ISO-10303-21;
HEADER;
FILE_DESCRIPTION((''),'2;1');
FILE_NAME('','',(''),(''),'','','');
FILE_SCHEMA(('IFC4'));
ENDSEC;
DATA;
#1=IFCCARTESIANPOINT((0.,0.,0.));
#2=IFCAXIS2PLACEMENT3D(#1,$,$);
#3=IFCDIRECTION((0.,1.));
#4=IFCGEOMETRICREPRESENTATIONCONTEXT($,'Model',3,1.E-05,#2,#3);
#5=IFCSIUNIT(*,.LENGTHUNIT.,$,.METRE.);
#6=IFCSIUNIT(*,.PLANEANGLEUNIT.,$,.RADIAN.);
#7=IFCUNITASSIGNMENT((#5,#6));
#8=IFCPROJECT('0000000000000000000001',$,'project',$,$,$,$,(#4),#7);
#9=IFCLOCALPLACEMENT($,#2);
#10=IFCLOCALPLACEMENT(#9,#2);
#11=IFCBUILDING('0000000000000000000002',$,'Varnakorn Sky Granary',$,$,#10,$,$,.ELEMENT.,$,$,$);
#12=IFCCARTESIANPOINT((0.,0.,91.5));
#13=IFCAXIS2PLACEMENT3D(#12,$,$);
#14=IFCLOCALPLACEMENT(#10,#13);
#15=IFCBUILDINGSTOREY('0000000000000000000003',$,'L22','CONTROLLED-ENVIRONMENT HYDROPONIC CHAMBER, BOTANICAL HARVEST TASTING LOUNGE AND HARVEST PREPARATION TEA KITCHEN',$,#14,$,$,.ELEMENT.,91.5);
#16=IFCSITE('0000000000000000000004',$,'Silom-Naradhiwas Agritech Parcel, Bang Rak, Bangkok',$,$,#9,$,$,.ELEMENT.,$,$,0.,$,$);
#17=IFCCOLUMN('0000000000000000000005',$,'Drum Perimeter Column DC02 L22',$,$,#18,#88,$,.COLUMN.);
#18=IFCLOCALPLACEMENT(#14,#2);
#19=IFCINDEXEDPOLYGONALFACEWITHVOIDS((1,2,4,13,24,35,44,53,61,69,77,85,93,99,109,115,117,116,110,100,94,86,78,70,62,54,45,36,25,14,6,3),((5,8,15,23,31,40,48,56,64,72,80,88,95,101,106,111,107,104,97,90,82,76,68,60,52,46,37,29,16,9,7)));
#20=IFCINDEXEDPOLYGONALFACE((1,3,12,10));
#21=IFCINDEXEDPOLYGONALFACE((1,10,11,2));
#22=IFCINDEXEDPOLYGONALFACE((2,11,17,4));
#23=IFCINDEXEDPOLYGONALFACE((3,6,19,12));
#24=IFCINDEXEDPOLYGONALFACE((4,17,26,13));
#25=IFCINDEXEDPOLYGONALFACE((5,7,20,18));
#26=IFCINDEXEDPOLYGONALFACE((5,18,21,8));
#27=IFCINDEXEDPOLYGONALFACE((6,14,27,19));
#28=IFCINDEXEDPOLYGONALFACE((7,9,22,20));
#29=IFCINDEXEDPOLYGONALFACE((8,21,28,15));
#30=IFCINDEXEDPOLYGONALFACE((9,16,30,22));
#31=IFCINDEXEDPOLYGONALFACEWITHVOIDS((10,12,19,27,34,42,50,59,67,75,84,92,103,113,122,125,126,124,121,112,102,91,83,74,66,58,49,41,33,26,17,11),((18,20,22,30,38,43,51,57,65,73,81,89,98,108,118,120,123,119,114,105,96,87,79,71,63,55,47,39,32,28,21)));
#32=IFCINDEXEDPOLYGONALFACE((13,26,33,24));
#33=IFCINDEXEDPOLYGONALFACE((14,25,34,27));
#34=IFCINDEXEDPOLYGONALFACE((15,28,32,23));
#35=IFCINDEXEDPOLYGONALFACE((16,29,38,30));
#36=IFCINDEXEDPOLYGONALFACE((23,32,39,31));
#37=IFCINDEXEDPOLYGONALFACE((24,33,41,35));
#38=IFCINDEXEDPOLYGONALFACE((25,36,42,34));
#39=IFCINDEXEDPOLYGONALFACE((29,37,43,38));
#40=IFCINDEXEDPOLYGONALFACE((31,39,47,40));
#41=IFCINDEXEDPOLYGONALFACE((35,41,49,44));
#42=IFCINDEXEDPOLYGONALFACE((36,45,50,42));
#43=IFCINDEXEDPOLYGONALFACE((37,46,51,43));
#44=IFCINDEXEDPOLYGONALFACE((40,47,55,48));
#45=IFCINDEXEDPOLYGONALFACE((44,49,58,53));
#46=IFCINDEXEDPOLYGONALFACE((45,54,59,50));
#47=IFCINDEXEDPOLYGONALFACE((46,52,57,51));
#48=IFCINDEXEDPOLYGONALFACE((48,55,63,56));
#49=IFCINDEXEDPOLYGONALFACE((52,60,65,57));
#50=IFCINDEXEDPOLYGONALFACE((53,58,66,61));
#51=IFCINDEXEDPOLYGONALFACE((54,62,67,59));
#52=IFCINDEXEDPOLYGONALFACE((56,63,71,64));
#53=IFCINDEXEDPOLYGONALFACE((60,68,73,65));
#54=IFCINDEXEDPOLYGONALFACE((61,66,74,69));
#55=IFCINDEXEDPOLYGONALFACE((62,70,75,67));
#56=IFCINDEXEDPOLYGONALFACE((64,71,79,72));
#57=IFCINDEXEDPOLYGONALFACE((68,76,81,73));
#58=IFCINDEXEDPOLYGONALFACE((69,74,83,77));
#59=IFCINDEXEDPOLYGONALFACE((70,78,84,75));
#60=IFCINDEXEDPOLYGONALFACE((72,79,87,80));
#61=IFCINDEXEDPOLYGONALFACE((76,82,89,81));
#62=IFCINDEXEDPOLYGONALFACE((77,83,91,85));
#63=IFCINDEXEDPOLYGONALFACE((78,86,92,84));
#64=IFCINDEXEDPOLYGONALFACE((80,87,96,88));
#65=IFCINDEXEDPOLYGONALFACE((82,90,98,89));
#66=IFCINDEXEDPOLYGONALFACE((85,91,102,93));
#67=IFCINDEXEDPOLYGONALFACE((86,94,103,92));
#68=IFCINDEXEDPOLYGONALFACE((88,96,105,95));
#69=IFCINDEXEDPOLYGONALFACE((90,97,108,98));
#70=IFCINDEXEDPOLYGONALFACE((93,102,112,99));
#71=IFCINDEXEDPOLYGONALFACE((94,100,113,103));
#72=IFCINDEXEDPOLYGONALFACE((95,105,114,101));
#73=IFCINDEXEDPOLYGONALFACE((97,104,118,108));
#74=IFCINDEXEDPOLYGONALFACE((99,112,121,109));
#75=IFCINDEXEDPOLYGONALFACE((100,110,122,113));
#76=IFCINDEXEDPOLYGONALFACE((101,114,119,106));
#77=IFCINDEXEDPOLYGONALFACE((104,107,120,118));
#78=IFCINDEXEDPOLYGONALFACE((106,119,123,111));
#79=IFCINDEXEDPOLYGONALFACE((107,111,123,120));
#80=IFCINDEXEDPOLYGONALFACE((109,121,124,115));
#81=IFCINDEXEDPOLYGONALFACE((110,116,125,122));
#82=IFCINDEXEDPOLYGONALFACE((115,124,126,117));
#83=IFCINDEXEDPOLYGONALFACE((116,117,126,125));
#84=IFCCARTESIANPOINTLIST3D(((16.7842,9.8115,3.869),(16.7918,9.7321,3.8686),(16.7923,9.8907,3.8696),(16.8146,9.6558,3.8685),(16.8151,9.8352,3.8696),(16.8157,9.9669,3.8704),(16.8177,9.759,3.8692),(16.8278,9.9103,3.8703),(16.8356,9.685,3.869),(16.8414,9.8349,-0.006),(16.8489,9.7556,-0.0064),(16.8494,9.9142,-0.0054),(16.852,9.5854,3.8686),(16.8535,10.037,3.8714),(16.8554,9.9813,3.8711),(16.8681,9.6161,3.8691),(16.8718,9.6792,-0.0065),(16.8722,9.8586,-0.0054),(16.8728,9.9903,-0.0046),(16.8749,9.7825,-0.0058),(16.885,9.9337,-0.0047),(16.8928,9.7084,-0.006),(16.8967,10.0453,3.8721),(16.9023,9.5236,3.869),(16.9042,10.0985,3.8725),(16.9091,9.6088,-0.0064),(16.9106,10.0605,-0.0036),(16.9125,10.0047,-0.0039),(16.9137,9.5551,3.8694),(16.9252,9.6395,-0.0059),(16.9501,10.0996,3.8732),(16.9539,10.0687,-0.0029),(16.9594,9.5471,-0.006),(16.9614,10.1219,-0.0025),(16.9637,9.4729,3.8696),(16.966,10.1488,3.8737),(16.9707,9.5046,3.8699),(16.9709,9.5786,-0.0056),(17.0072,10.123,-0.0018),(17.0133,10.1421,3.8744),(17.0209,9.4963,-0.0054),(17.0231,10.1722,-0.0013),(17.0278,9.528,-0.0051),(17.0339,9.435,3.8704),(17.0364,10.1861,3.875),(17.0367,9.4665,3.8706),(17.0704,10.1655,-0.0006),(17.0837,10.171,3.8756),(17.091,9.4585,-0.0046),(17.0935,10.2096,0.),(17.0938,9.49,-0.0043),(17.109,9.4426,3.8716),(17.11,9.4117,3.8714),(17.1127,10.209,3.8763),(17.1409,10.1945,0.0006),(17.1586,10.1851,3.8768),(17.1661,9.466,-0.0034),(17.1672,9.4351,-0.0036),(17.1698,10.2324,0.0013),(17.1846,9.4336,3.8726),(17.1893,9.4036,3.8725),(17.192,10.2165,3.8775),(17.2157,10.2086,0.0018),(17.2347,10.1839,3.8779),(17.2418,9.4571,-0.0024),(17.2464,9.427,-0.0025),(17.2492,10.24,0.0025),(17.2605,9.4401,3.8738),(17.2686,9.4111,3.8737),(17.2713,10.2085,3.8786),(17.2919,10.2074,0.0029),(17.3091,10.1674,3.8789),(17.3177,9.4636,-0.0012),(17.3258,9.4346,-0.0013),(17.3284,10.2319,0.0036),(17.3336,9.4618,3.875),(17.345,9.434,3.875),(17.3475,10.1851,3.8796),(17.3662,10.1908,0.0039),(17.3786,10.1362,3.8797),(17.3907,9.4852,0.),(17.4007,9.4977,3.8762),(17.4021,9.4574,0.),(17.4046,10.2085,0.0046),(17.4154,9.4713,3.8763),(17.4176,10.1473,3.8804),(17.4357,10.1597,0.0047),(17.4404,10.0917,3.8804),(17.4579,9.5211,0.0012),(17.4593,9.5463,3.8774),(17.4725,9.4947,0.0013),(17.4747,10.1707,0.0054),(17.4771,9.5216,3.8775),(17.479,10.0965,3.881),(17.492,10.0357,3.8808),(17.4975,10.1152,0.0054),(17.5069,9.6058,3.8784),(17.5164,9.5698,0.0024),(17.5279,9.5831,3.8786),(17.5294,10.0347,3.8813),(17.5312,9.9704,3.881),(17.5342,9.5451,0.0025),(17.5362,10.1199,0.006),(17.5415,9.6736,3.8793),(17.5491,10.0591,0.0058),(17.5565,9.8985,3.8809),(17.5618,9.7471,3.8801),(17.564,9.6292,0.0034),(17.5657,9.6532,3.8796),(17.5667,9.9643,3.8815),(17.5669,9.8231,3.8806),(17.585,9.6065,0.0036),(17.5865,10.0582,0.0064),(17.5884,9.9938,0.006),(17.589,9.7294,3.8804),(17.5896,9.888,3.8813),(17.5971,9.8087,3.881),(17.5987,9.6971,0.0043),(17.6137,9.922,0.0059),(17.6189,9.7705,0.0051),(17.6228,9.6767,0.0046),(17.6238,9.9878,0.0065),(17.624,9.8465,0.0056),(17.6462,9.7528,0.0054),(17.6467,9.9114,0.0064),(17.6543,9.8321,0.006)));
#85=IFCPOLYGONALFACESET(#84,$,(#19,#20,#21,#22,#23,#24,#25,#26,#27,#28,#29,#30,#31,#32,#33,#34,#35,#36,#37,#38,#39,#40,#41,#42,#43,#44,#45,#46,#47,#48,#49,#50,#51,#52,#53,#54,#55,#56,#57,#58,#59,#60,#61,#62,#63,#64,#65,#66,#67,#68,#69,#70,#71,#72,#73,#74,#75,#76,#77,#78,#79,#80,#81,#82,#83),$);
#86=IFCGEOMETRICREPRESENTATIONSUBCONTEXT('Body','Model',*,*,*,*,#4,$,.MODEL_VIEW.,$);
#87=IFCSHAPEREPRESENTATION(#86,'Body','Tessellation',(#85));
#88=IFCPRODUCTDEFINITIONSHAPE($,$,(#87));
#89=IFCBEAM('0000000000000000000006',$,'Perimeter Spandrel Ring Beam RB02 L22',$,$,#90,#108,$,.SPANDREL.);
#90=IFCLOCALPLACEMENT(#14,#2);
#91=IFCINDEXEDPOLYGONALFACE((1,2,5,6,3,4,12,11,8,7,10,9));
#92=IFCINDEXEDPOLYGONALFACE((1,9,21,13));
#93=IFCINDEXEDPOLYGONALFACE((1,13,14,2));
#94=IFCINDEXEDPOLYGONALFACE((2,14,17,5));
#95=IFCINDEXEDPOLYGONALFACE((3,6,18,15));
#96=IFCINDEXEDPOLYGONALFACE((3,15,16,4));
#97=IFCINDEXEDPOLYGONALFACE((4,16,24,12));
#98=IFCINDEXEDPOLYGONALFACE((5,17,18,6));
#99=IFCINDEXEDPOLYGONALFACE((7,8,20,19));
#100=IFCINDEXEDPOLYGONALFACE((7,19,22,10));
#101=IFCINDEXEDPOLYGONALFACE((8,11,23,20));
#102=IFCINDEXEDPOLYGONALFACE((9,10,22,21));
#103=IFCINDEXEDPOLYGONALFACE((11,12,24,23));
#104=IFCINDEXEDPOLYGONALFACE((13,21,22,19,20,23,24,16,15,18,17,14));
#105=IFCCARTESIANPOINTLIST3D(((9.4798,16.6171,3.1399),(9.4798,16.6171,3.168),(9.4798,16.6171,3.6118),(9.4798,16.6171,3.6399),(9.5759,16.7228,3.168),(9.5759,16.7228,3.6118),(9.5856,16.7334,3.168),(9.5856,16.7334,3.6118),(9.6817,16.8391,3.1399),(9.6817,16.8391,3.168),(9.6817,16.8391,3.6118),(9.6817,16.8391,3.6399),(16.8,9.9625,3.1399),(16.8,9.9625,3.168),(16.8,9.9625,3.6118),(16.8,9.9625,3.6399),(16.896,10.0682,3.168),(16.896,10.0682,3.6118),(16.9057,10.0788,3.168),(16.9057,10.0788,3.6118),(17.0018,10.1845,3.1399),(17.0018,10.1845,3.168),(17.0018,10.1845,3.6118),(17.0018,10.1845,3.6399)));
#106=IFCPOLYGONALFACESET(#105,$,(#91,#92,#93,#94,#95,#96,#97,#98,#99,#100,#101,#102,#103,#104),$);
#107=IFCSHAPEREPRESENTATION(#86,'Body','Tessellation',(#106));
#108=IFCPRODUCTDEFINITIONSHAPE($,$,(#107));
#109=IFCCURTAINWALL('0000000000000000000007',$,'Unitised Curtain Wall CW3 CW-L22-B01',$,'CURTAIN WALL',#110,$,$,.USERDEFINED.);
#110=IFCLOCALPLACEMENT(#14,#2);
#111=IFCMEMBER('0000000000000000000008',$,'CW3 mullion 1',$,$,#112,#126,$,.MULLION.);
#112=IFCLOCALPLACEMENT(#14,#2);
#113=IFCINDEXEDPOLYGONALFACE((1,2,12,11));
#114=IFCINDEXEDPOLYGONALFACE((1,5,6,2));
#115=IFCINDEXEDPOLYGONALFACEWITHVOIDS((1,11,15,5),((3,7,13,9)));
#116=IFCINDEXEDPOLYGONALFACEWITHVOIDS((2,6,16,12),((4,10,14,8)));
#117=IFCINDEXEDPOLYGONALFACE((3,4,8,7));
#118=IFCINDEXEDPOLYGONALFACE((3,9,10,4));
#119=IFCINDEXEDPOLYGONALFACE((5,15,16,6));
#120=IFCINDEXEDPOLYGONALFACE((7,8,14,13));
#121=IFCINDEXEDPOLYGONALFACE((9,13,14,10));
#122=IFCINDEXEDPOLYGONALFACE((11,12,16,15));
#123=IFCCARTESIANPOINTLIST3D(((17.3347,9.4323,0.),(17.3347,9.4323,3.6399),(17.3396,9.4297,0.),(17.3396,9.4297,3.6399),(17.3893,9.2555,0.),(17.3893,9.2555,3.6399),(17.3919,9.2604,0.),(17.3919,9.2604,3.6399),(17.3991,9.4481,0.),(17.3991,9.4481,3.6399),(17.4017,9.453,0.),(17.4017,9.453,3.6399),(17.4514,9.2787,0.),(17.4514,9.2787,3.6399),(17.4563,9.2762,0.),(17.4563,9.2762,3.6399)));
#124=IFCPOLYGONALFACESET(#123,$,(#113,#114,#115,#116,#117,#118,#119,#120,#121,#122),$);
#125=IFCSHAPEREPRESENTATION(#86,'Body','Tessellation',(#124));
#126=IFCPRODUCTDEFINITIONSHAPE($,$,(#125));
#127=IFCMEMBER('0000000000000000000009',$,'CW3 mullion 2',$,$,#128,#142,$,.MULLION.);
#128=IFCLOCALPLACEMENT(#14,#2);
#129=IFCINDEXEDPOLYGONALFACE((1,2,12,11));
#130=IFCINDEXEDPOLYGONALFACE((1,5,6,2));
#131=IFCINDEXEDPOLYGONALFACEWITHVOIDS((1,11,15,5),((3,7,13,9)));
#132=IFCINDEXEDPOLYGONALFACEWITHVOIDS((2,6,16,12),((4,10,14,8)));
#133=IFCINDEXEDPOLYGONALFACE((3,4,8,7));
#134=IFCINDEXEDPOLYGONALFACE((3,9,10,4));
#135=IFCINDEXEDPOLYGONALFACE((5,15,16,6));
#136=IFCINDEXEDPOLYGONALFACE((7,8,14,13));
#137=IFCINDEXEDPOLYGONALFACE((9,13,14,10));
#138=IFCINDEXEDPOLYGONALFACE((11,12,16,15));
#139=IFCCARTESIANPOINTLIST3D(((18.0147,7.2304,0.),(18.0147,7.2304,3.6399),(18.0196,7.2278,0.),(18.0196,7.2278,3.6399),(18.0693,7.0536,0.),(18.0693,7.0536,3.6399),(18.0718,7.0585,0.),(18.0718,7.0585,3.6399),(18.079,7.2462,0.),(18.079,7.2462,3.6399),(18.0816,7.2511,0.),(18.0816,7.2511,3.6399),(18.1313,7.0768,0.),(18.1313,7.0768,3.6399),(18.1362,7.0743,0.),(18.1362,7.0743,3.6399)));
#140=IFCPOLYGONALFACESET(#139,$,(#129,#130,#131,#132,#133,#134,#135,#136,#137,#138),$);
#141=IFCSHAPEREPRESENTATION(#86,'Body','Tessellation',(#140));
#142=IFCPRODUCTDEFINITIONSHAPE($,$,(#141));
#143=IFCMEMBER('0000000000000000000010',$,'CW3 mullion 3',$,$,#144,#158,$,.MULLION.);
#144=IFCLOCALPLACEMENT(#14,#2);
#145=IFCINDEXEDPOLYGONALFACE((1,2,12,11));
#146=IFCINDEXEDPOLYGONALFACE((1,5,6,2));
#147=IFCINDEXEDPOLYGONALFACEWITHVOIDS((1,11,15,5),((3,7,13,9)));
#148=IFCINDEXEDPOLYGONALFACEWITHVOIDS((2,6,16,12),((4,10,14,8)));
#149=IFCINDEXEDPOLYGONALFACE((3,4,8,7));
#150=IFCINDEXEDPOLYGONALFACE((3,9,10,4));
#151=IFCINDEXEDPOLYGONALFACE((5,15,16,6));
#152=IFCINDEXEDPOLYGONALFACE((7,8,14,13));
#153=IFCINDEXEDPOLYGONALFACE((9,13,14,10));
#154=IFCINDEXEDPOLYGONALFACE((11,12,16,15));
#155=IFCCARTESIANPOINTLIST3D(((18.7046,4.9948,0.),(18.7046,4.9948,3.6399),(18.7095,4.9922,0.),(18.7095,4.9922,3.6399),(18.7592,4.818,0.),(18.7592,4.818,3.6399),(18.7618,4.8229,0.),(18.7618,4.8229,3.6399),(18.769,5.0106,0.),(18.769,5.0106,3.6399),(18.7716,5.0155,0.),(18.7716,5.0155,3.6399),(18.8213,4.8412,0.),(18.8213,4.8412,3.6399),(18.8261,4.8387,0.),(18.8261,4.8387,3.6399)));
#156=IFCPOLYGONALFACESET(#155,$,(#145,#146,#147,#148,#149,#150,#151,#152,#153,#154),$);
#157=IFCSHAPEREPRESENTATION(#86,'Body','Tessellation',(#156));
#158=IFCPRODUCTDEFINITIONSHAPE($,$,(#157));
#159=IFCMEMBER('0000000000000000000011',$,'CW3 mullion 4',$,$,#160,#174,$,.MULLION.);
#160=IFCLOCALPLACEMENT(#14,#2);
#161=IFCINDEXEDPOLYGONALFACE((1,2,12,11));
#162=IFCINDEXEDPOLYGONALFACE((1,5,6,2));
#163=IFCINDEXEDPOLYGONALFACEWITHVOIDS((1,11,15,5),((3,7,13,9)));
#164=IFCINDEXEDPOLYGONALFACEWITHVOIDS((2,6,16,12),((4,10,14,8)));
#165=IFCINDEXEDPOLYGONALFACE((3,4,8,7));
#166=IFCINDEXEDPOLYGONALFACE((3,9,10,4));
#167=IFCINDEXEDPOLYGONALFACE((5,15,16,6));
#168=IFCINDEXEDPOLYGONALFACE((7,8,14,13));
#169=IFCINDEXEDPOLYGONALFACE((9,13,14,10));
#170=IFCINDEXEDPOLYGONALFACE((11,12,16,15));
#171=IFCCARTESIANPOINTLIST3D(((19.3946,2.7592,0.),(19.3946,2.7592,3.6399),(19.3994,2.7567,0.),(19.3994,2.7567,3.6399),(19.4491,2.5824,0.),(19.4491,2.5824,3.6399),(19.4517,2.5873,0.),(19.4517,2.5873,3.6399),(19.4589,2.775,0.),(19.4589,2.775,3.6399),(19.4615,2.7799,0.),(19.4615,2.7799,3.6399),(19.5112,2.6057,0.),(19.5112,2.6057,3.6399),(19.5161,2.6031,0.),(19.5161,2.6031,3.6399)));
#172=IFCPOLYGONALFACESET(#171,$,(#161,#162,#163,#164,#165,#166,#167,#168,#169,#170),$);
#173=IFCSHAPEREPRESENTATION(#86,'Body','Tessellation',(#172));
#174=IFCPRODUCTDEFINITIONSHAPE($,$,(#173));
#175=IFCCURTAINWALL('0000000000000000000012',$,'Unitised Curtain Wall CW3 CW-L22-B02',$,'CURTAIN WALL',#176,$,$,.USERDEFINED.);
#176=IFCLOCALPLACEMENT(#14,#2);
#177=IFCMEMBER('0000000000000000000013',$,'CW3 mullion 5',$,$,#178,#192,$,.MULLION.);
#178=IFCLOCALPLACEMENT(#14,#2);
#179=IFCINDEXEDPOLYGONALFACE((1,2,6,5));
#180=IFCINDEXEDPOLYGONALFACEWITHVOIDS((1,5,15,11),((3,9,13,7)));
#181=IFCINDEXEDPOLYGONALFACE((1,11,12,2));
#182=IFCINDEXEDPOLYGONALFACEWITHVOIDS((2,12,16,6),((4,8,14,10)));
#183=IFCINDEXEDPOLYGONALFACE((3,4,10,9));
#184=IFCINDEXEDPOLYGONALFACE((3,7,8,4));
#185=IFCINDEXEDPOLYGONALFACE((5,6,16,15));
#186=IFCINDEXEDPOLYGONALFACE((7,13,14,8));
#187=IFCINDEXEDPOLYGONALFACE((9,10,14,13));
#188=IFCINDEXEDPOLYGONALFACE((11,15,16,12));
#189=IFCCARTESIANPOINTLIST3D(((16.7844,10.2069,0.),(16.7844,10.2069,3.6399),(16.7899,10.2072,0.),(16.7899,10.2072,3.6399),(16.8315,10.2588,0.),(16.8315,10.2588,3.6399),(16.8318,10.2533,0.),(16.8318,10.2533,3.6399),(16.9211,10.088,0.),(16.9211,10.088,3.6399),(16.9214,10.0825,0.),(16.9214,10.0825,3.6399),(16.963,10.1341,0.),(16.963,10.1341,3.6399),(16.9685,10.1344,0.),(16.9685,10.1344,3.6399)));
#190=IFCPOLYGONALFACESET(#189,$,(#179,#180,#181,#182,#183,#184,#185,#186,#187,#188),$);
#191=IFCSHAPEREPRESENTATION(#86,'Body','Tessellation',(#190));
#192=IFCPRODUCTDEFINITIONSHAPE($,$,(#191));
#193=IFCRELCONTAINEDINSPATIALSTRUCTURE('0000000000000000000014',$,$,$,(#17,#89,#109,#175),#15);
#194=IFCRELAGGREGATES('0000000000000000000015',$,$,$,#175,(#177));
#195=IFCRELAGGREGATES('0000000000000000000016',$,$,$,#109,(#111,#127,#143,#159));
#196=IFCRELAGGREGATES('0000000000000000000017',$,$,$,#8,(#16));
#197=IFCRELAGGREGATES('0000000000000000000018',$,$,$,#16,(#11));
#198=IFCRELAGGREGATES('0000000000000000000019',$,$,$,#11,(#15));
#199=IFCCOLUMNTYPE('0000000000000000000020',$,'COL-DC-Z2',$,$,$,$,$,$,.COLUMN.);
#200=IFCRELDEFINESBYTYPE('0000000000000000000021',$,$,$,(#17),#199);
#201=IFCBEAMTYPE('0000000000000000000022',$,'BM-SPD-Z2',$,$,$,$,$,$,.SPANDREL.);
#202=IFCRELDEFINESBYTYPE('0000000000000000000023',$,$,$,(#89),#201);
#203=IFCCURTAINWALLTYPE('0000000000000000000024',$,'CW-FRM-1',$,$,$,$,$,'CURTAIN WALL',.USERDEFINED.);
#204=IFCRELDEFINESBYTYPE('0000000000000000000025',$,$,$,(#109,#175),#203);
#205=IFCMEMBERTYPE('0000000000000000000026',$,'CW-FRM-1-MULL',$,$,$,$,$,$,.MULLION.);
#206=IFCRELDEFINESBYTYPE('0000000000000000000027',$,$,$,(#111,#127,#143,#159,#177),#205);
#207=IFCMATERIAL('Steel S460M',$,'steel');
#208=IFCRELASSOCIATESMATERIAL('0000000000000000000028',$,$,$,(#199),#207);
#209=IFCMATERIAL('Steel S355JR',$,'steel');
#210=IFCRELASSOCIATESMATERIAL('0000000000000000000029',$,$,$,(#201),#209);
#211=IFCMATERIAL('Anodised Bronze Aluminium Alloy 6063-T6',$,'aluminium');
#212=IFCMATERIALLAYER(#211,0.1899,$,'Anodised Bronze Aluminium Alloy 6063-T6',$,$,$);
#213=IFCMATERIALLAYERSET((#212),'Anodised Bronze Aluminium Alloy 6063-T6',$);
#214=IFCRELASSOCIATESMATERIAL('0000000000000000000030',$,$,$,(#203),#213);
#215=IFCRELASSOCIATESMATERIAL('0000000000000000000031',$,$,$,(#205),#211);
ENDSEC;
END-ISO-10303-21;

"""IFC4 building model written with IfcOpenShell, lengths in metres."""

from ifc_helpers import new_model, si_unit, direction, frame, origin, origin_2d, place, context, subcontext, project, spatial, hollow_rectangle, hollow_circle, i_section, extrude, material, layer, layer_set, material_profile, profile_set, type_object, element, aggregate, save


model = new_model("IFC4")

# Units and contexts
model_context = context("Model", 3, precision=1e-05, world=origin(), true_north=direction((0.0, 1.0)))
body_context = subcontext(model_context, "Body", "Model", "MODEL_VIEW")
ifc_project = project(units=[si_unit("LENGTHUNIT", "METRE"), si_unit("PLANEANGLEUNIT", "RADIAN")], contexts=[model_context])

# Site, building, storey
site_placement = place(None, origin())
site = spatial("IfcSite", under=ifc_project, at=site_placement, Name="Silom-Naradhiwas Agritech Parcel, Bang Rak, Bangkok", CompositionType="ELEMENT", RefElevation=0.0)
building_placement = place(site_placement, origin())
building = spatial("IfcBuilding", under=site, at=building_placement, Name="Varnakorn Sky Granary", CompositionType="ELEMENT")
storey_placement = place(building_placement, frame((0.0, 0.0, 91.5)))
storey = spatial("IfcBuildingStorey", under=building, at=storey_placement, Name="L22", Description="CONTROLLED-ENVIRONMENT HYDROPONIC CHAMBER, BOTANICAL HARVEST TASTING LOUNGE AND HARVEST PREPARATION TEA KITCHEN", CompositionType="ELEMENT", Elevation=91.5)

# Column
ifc_material_1 = material(Name="Steel S460M", Category="steel")
ifc_material_profile_1 = material_profile(ifc_material_1, hollow_circle(Radius=0.4065, WallThickness=0.03, at=origin_2d()), Name="CHS 813x30")
ifc_profile_set_1 = profile_set([ifc_material_profile_1], Name="Steel S460M")
column_type = type_object("IfcColumnType", Name="COL-DC-Z2", PredefinedType="COLUMN", material=ifc_profile_set_1)
column_placement = place(storey_placement, frame((17.2478, 9.8335, 0.0), z_axis=(-0.014741, -0.006048, 0.999873), x_axis=(0.379556, -0.925169, 0.0)))
element("IfcColumn", 1, at=column_placement, inside=storey, type_object=column_type, Name="Drum Perimeter Column DC02 L22", PredefinedType="COLUMN", context=body_context, shape_type="SweptSolid", body=[
    extrude(hollow_circle(Radius=0.4065, WallThickness=0.03, at=origin_2d()), origin(), (0.0, 0.0, 1.0), 3.8755),
])

# Beam
ifc_material_2 = material(Name="Steel S355JR", Category="steel")
ifc_material_profile_2 = material_profile(ifc_material_2, i_section(OverallWidth=0.3, OverallDepth=0.5, WebThickness=0.0144, FlangeThickness=0.0281, at=origin_2d()), Name="HE 500 B")
ifc_profile_set_2 = profile_set([ifc_material_profile_2], Name="Steel S355JR")
beam_type = type_object("IfcBeamType", Name="BM-SPD-Z2", PredefinedType="SPANDREL", material=ifc_profile_set_2)
beam_placement = place(storey_placement, frame((16.9009, 10.0735, 3.3899), z_axis=(-0.739943, 0.672669, 0.0), x_axis=(-0.672669, -0.739943, 0.0)))
element("IfcBeam", 2, at=beam_placement, inside=storey, type_object=beam_type, Name="Perimeter Spandrel Ring Beam RB02 L22", PredefinedType="SPANDREL", context=body_context, shape_type="SweptSolid", body=[
    extrude(i_section(OverallWidth=0.3, OverallDepth=0.5, WebThickness=0.0144, FlangeThickness=0.0281, at=origin_2d()), origin(), (0.0, 0.0, 1.0), 9.8928),
])

# Curtain wall, members
ifc_material_3 = material(Name="Anodised Bronze Aluminium Alloy 6063-T6", Category="aluminium")
ifc_layer_1 = layer(ifc_material_3, 0.1899, Name="Anodised Bronze Aluminium Alloy 6063-T6")
ifc_layer_set_1 = layer_set([ifc_layer_1], Name="Anodised Bronze Aluminium Alloy 6063-T6")
curtain_wall_type = type_object("IfcCurtainWallType", Name="CW-FRM-1", ElementType="CURTAIN WALL", PredefinedType="USERDEFINED", material=ifc_layer_set_1)
curtain_wall_1_placement = place(storey_placement, origin())
curtain_wall_1 = element("IfcCurtainWall", 3, at=curtain_wall_1_placement, inside=storey, type_object=curtain_wall_type, Name="Unitised Curtain Wall CW3 CW-L22-B01", ObjectType="CURTAIN WALL", PredefinedType="USERDEFINED")
ifc_material_profile_3 = material_profile(ifc_material_3, hollow_rectangle(XDim=0.0701, YDim=0.1851, WallThickness=0.0039, at=origin_2d()), Name="ALU MULL 70x185")
ifc_profile_set_3 = profile_set([ifc_material_profile_3], Name="Anodised Bronze Aluminium Alloy 6063-T6")
member_type_1 = type_object("IfcMemberType", Name="CW-FRM-1-MULL", PredefinedType="MULLION", material=ifc_profile_set_3)
member_1_placement = place(storey_placement, frame((17.3955, 9.3542, 0.0), z_axis=(0.0, 0.0, 1.0), x_axis=(0.955518, 0.294933, 0.0)))
member_1 = element("IfcMember", 4, at=member_1_placement, type_object=member_type_1, Name="CW3 mullion 1", PredefinedType="MULLION", context=body_context, shape_type="SweptSolid", body=[
    extrude(hollow_rectangle(XDim=0.0701, YDim=0.1851, WallThickness=0.0039, at=origin_2d()), origin(), (0.0, 0.0, 1.0), 3.6399),
])
member_2_placement = place(storey_placement, frame((18.0754, 7.1523, 0.0), z_axis=(0.0, 0.0, 1.0), x_axis=(0.955518, 0.294933, 0.0)))
member_2 = element("IfcMember", 5, at=member_2_placement, type_object=member_type_1, Name="CW3 mullion 2", PredefinedType="MULLION", context=body_context, shape_type="SweptSolid", body=[
    extrude(hollow_rectangle(XDim=0.0701, YDim=0.1851, WallThickness=0.0039, at=origin_2d()), origin(), (0.0, 0.0, 1.0), 3.6399),
])
member_3_placement = place(storey_placement, frame((18.7654, 4.9167, 0.0), z_axis=(0.0, 0.0, 1.0), x_axis=(0.955518, 0.294933, 0.0)))
member_3 = element("IfcMember", 6, at=member_3_placement, type_object=member_type_1, Name="CW3 mullion 3", PredefinedType="MULLION", context=body_context, shape_type="SweptSolid", body=[
    extrude(hollow_rectangle(XDim=0.0701, YDim=0.1851, WallThickness=0.0039, at=origin_2d()), origin(), (0.0, 0.0, 1.0), 3.6399),
])
member_4_placement = place(storey_placement, frame((19.4553, 2.6812, 0.0), z_axis=(0.0, 0.0, 1.0), x_axis=(0.955518, 0.294933, 0.0)))
member_4 = element("IfcMember", 7, at=member_4_placement, type_object=member_type_1, Name="CW3 mullion 4", PredefinedType="MULLION", context=body_context, shape_type="SweptSolid", body=[
    extrude(hollow_rectangle(XDim=0.0701, YDim=0.1851, WallThickness=0.0039, at=origin_2d()), origin(), (0.0, 0.0, 1.0), 3.6399),
])

# Curtain wall, member
curtain_wall_2_placement = place(storey_placement, origin())
curtain_wall_2 = element("IfcCurtainWall", 8, at=curtain_wall_2_placement, inside=storey, type_object=curtain_wall_type, Name="Unitised Curtain Wall CW3 CW-L22-B02", ObjectType="CURTAIN WALL", PredefinedType="USERDEFINED")
member_5_placement = place(storey_placement, frame((16.8765, 10.1707, 0.0), z_axis=(0.0, 0.0, 1.0), x_axis=(0.672429, 0.740161, 0.0)))
member_5 = element("IfcMember", 9, at=member_5_placement, type_object=member_type_1, Name="CW3 mullion 5", PredefinedType="MULLION", context=body_context, shape_type="SweptSolid", body=[
    extrude(hollow_rectangle(XDim=0.0701, YDim=0.1851, WallThickness=0.0039, at=origin_2d()), origin(), (0.0, 0.0, 1.0), 3.6399),
])
aggregate(curtain_wall_2, [member_5])

aggregate(curtain_wall_1, [member_1, member_2, member_3, member_4])

save(model, "model.ifc")
